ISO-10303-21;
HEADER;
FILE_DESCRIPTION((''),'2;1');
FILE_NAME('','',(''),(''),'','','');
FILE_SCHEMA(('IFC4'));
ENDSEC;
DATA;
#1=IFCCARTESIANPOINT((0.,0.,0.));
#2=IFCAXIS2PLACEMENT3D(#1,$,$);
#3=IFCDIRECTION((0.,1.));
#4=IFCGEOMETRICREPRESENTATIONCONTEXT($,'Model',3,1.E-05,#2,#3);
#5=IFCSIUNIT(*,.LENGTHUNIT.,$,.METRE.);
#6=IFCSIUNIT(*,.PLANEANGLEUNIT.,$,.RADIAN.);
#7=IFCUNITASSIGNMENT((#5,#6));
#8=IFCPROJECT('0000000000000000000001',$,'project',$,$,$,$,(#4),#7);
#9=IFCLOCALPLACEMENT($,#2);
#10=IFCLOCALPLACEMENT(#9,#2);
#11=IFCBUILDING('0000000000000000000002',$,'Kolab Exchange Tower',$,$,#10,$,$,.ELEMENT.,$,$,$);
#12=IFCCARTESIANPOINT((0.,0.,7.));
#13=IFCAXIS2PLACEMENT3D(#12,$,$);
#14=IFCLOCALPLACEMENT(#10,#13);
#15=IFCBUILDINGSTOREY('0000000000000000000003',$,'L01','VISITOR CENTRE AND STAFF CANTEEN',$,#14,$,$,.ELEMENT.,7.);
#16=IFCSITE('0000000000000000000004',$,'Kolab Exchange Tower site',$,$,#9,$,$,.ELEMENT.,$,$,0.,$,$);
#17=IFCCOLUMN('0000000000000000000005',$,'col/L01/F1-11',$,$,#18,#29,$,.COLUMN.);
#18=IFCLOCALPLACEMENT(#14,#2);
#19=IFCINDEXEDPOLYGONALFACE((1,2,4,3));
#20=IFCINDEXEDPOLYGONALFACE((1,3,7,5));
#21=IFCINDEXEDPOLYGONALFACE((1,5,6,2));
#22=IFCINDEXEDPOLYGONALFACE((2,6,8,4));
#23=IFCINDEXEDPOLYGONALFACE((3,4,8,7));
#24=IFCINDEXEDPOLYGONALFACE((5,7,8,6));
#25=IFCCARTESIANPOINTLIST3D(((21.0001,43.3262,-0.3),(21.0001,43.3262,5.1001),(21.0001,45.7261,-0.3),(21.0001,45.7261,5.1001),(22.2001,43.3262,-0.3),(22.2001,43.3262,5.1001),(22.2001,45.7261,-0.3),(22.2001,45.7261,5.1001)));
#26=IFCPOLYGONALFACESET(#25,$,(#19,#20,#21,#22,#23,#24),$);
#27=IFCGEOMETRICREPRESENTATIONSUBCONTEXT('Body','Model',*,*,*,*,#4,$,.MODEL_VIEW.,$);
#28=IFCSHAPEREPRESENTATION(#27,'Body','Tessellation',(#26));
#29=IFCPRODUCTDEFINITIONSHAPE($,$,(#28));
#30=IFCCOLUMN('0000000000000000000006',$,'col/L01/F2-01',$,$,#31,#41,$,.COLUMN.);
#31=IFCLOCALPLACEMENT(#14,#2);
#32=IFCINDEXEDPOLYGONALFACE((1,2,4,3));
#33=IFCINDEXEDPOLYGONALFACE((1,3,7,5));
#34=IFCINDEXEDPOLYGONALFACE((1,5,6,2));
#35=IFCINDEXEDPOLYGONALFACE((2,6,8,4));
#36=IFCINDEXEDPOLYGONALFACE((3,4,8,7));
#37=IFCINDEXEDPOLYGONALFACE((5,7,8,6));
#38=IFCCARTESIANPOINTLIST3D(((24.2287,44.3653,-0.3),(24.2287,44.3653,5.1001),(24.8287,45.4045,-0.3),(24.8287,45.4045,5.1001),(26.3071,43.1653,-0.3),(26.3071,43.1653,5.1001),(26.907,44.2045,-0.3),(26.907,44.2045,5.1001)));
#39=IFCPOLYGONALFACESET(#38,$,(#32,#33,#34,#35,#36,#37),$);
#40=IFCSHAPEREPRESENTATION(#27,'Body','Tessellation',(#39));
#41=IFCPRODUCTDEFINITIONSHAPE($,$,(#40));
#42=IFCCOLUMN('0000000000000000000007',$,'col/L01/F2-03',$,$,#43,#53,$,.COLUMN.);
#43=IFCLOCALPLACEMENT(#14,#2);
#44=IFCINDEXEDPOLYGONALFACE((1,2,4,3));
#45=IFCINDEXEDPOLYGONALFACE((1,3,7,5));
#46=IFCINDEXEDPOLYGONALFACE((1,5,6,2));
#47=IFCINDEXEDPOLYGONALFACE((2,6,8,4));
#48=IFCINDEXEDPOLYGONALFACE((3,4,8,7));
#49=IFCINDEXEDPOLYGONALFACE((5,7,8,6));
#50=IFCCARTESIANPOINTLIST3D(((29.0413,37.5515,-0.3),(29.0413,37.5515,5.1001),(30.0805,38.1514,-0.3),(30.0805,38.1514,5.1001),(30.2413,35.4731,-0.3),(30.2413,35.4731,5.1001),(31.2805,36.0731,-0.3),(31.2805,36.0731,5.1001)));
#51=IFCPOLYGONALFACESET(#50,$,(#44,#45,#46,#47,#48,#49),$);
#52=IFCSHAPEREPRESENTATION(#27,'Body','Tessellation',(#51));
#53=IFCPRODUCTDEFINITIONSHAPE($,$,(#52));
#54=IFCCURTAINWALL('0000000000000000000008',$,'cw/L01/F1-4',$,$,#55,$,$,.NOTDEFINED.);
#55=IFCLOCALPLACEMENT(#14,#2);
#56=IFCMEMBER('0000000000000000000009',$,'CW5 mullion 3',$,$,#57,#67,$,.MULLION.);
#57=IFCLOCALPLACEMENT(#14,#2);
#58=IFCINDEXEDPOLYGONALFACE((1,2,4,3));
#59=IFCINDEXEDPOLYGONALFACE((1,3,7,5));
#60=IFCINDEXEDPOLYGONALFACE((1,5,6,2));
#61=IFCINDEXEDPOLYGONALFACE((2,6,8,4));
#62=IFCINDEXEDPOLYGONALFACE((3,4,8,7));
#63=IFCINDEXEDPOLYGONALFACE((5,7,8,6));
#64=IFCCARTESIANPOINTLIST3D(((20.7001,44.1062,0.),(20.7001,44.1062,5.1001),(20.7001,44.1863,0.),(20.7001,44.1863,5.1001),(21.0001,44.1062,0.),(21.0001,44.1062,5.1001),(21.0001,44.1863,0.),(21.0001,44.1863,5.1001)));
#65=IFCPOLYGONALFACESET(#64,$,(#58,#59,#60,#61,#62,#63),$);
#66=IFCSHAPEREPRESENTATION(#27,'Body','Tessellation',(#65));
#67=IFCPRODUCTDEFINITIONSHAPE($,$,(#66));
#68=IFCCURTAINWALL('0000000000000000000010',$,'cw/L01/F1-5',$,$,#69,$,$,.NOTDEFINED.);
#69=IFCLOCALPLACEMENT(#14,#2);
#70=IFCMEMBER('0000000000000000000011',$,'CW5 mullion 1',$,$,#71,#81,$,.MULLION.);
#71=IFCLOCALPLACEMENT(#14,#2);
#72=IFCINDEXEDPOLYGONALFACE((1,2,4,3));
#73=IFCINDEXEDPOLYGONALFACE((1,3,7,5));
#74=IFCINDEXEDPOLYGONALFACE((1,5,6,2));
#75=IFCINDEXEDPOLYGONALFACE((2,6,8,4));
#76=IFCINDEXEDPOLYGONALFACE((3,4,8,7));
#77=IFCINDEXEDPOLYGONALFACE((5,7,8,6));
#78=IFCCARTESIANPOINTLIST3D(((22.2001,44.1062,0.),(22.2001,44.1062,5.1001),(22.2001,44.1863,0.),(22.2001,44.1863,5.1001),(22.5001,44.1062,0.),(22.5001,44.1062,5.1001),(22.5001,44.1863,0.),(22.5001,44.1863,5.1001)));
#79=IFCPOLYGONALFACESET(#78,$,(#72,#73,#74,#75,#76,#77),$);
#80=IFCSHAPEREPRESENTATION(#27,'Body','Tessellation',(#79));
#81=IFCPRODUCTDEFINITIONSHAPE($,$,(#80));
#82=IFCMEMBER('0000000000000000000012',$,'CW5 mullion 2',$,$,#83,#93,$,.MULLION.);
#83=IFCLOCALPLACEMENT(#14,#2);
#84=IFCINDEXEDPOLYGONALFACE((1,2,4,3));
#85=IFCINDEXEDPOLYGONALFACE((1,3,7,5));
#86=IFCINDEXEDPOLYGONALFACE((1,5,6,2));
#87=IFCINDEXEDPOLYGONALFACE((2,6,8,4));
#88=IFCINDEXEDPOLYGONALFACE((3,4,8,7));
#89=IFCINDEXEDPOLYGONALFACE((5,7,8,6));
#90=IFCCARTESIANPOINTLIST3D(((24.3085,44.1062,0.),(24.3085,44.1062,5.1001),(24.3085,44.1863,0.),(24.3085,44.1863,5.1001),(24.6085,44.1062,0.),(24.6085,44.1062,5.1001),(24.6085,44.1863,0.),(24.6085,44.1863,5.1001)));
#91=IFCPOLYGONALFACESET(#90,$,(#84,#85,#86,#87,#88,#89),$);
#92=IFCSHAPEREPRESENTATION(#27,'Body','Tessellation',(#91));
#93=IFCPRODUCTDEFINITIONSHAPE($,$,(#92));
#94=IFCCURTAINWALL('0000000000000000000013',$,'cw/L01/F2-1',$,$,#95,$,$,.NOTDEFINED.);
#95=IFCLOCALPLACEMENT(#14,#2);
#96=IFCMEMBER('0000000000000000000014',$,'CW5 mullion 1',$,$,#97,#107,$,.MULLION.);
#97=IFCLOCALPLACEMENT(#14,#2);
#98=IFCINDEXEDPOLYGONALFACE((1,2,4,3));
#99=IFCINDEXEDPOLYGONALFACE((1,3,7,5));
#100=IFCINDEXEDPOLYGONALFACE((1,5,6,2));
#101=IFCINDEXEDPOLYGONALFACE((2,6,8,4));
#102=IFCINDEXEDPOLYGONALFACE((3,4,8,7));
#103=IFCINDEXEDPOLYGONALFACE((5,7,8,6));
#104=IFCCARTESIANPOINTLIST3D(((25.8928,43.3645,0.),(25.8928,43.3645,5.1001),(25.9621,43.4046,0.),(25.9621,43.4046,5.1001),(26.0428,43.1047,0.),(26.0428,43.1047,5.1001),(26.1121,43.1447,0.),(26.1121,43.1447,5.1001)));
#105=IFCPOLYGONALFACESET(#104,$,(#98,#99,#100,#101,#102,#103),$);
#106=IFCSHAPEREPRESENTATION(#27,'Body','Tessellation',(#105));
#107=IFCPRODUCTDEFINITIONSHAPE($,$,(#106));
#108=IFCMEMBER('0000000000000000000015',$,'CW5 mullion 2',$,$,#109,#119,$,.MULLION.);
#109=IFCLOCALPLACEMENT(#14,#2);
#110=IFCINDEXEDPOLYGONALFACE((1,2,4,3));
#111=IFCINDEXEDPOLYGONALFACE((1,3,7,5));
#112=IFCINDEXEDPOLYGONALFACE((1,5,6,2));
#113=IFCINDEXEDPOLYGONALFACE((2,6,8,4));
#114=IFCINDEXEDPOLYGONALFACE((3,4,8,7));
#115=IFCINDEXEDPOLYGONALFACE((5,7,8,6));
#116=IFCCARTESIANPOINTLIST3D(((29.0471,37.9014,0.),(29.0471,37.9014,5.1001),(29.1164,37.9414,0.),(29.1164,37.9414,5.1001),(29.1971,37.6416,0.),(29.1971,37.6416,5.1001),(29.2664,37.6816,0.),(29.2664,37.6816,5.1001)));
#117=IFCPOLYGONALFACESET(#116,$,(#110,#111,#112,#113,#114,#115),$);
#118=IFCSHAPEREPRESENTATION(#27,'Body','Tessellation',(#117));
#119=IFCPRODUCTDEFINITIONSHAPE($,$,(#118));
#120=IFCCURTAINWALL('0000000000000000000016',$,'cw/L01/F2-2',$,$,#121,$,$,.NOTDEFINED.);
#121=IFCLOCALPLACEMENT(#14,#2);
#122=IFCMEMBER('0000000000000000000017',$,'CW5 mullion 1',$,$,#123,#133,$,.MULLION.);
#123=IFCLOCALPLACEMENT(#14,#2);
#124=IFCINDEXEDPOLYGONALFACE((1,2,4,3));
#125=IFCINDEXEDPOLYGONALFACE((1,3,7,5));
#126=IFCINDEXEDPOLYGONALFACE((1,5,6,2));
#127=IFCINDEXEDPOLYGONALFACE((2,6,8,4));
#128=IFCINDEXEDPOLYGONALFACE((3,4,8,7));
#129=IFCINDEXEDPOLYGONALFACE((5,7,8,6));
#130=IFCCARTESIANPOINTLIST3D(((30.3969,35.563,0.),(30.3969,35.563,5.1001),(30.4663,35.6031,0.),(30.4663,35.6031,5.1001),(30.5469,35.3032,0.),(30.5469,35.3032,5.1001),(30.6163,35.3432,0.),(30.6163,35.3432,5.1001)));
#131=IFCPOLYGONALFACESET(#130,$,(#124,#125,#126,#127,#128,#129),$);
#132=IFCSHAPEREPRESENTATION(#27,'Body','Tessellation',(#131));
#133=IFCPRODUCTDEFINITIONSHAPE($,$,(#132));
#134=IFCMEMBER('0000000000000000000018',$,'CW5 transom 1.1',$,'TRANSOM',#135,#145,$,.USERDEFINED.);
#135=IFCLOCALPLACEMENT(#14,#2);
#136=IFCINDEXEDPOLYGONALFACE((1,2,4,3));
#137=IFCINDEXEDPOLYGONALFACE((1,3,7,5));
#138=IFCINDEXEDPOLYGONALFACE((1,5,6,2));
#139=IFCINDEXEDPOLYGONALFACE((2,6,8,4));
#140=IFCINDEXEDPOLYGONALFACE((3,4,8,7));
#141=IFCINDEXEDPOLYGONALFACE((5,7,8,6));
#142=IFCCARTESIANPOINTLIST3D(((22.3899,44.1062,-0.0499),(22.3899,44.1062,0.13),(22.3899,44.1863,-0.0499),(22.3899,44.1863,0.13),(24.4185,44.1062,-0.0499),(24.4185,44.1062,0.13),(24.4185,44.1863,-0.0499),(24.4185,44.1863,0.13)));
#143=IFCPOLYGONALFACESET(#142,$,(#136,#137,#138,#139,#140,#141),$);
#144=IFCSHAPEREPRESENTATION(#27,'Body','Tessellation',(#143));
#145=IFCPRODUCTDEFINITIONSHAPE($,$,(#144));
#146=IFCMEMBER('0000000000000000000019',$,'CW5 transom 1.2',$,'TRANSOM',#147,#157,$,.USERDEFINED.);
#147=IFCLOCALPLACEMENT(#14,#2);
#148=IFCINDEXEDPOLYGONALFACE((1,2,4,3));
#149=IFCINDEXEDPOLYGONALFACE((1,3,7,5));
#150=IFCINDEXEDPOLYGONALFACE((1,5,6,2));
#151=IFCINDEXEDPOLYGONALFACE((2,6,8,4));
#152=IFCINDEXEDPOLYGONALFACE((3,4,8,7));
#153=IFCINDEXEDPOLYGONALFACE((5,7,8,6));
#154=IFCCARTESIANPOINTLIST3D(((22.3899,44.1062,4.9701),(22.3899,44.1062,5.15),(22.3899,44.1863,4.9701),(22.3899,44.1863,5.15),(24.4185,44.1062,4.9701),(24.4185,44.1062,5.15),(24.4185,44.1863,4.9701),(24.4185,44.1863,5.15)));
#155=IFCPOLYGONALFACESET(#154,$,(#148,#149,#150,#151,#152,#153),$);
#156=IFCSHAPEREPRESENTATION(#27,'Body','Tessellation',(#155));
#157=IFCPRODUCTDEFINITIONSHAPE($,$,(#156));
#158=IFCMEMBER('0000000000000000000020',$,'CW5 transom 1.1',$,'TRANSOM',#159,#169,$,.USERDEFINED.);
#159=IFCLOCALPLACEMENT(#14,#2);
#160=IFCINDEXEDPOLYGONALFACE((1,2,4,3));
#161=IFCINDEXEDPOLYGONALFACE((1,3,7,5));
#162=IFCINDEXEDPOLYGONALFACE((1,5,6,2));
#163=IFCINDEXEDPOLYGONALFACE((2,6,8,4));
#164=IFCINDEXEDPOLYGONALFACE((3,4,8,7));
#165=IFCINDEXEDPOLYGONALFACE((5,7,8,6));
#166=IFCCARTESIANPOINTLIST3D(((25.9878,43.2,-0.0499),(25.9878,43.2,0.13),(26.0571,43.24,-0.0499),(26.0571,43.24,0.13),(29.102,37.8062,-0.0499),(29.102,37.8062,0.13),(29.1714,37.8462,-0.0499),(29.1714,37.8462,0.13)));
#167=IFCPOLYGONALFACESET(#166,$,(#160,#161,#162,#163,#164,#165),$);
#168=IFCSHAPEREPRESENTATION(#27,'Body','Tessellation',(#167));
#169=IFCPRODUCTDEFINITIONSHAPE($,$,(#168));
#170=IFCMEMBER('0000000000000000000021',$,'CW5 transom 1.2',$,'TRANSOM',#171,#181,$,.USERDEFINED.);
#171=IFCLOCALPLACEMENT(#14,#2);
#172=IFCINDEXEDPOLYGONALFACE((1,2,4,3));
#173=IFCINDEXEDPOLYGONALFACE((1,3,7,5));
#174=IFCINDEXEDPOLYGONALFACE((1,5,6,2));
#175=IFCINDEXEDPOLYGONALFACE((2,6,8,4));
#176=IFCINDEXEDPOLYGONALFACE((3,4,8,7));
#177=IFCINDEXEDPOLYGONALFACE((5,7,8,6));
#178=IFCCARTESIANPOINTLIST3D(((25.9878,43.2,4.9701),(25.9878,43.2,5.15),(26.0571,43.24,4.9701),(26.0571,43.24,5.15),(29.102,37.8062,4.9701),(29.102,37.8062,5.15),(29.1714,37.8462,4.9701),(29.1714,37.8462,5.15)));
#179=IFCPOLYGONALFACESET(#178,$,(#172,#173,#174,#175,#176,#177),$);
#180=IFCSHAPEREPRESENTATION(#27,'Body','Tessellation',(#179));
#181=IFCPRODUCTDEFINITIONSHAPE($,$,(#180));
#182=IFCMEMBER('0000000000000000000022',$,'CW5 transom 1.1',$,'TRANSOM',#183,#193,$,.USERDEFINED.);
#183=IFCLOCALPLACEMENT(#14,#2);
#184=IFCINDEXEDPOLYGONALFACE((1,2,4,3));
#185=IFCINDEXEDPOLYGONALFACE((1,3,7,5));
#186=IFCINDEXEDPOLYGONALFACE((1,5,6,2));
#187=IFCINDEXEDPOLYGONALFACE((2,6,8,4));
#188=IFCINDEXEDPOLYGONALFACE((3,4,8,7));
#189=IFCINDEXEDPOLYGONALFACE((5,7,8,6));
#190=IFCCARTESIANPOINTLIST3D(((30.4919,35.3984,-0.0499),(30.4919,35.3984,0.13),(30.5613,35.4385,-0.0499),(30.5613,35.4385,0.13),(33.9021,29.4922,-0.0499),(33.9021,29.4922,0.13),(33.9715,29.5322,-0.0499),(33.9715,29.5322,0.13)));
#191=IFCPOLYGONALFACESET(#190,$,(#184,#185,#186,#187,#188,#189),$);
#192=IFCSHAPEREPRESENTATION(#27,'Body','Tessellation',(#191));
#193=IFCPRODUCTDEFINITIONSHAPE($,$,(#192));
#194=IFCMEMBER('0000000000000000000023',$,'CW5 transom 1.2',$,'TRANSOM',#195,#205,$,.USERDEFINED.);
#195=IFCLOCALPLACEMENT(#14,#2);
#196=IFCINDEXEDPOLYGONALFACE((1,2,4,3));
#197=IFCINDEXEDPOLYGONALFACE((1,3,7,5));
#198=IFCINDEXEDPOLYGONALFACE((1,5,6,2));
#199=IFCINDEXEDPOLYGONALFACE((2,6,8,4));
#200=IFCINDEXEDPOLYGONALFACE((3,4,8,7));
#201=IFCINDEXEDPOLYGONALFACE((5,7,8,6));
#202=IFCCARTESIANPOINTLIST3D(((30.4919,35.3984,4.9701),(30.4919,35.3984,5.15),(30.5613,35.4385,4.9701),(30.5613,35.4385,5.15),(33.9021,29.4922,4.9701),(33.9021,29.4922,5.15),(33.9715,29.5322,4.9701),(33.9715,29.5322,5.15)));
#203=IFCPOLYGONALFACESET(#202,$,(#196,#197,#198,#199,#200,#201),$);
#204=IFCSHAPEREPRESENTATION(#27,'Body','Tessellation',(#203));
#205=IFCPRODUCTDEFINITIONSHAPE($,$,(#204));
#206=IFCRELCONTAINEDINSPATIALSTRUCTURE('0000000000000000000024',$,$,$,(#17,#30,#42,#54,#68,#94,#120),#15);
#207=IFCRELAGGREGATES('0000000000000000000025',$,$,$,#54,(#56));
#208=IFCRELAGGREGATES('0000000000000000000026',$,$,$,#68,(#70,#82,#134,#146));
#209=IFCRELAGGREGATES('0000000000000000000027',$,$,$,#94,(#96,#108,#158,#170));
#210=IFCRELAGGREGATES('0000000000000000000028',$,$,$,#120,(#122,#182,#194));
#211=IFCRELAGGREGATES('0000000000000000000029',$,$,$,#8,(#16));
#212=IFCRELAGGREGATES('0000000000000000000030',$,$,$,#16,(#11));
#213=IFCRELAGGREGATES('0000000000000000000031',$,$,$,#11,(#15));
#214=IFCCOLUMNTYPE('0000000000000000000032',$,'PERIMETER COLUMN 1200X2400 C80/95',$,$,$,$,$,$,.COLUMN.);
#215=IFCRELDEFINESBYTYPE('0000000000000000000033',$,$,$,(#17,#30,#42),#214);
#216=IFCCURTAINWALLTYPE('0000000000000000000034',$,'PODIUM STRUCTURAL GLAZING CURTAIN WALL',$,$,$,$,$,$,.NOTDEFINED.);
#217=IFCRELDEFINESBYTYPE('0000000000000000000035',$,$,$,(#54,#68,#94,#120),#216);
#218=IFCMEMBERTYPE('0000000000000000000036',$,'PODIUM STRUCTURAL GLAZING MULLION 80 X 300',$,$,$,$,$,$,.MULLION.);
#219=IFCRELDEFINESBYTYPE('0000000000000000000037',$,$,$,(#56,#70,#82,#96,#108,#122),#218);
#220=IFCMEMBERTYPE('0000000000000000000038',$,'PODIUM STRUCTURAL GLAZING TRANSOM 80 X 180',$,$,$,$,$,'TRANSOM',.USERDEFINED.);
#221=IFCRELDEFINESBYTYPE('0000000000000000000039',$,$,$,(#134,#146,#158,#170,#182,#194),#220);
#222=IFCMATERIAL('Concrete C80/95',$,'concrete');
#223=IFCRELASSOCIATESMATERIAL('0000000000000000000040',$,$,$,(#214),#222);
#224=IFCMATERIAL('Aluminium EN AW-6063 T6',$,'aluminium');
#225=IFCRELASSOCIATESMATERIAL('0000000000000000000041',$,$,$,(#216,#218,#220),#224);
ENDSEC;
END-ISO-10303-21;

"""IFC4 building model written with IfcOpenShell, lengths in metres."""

from ifc_helpers import new_model, si_unit, direction, frame, origin, origin_2d, place, context, subcontext, project, spatial, rectangle, extrude, material, material_profile, profile_set, type_object, element, aggregate, save


model = new_model("IFC4")

# Units and contexts
model_context = context("Model", 3, precision=1e-05, world=origin(), true_north=direction((0.0, 1.0)))
body_context = subcontext(model_context, "Body", "Model", "MODEL_VIEW")
ifc_project = project(units=[si_unit("LENGTHUNIT", "METRE"), si_unit("PLANEANGLEUNIT", "RADIAN")], contexts=[model_context])

# Site, building, storey
site_placement = place(None, origin())
site = spatial("IfcSite", under=ifc_project, at=site_placement, Name="Kolab Exchange Tower site", CompositionType="ELEMENT", RefElevation=0.0)
building_placement = place(site_placement, origin())
building = spatial("IfcBuilding", under=site, at=building_placement, Name="Kolab Exchange Tower", CompositionType="ELEMENT")
storey_placement = place(building_placement, frame((0.0, 0.0, 7.0)))
storey = spatial("IfcBuildingStorey", under=building, at=storey_placement, Name="L01", Description="VISITOR CENTRE AND STAFF CANTEEN", CompositionType="ELEMENT", Elevation=7.0)

# Columns
ifc_material_1 = material(Name="Concrete C80/95", Category="concrete")
ifc_material_profile_1 = material_profile(ifc_material_1, rectangle(XDim=1.2, YDim=2.3999, at=origin_2d()), Name="RC1200X2400")
ifc_profile_set_1 = profile_set([ifc_material_profile_1], Name="Concrete C80/95")
column_type = type_object("IfcColumnType", Name="PERIMETER COLUMN 1200X2400 C80/95", PredefinedType="COLUMN", material=ifc_profile_set_1)
for number, where, z_axis, x_axis, name in (
    (1, (21.6001, 44.5261, -0.3), (0.0, 0.0, 1.0), (1.0, 0.0, 0.0), "col/L01/F1-11"),
    (2, (25.5679, 44.2849, -0.3), (0.0, 0.0, 1.0), (0.5, 0.866025, 0.0), "col/L01/F2-01"),
    (3, (30.1609, 36.8123, -0.3), (0.0, 0.0, 1.0), (0.866025, 0.5, 0.0), "col/L01/F2-03"),
):
    element("IfcColumn", number, at=place(storey_placement, frame(where, z_axis=z_axis, x_axis=x_axis)), inside=storey, type_object=column_type, Name=name, PredefinedType="COLUMN", context=body_context, shape_type="SweptSolid", body=[
        extrude(rectangle(XDim=1.2, YDim=2.3999, at=origin_2d()), origin(), (0.0, 0.0, 1.0), 5.4001),
    ])

# Curtain wall, member
ifc_material_2 = material(Name="Aluminium EN AW-6063 T6", Category="aluminium")
curtain_wall_type = type_object("IfcCurtainWallType", Name="PODIUM STRUCTURAL GLAZING CURTAIN WALL", PredefinedType="NOTDEFINED", material=ifc_material_2)
curtain_wall_1_placement = place(storey_placement, origin())
curtain_wall_1 = element("IfcCurtainWall", 4, at=curtain_wall_1_placement, inside=storey, type_object=curtain_wall_type, Name="cw/L01/F1-4", PredefinedType="NOTDEFINED")
ifc_material_profile_2 = material_profile(ifc_material_2, rectangle(XDim=0.0801, YDim=0.3, at=origin_2d()), Name="RECT 80X300")
ifc_profile_set_2 = profile_set([ifc_material_profile_2], Name="Aluminium EN AW-6063 T6")
member_type_1 = type_object("IfcMemberType", Name="PODIUM STRUCTURAL GLAZING MULLION 80 X 300", PredefinedType="MULLION", material=ifc_profile_set_2)
member_1_placement = place(storey_placement, frame((20.8501, 44.1462, 0.0), z_axis=(0.0, 0.0, 1.0), x_axis=(0.0, 1.0, 0.0)))
member_1 = element("IfcMember", 5, at=member_1_placement, type_object=member_type_1, Name="CW5 mullion 3", PredefinedType="MULLION", context=body_context, shape_type="SweptSolid", body=[
    extrude(rectangle(XDim=0.0801, YDim=0.3, at=origin_2d()), origin(), (0.0, 0.0, 1.0), 5.1001),
])

# Curtain walls, members
curtain_wall_2_placement = place(storey_placement, origin())
curtain_wall_2 = element("IfcCurtainWall", 6, at=curtain_wall_2_placement, inside=storey, type_object=curtain_wall_type, Name="cw/L01/F1-5", PredefinedType="NOTDEFINED")
member_2_placement = place(storey_placement, frame((22.3501, 44.1462, 0.0), z_axis=(0.0, 0.0, 1.0), x_axis=(0.0, 1.0, 0.0)))
member_2 = element("IfcMember", 7, at=member_2_placement, type_object=member_type_1, Name="CW5 mullion 1", PredefinedType="MULLION", context=body_context, shape_type="SweptSolid", body=[
    extrude(rectangle(XDim=0.0801, YDim=0.3, at=origin_2d()), origin(), (0.0, 0.0, 1.0), 5.1001),
])
member_3_placement = place(storey_placement, frame((24.4585, 44.1462, 0.0), z_axis=(0.0, 0.0, 1.0), x_axis=(0.0, 1.0, 0.0)))
member_3 = element("IfcMember", 8, at=member_3_placement, type_object=member_type_1, Name="CW5 mullion 2", PredefinedType="MULLION", context=body_context, shape_type="SweptSolid", body=[
    extrude(rectangle(XDim=0.0801, YDim=0.3, at=origin_2d()), origin(), (0.0, 0.0, 1.0), 5.1001),
])
curtain_wall_3_placement = place(storey_placement, origin())
curtain_wall_3 = element("IfcCurtainWall", 9, at=curtain_wall_3_placement, inside=storey, type_object=curtain_wall_type, Name="cw/L01/F2-1", PredefinedType="NOTDEFINED")
member_4_placement = place(storey_placement, frame((26.0024, 43.2546, 0.0), z_axis=(0.0, 0.0, 1.0), x_axis=(0.866025, 0.5, 0.0)))
member_4 = element("IfcMember", 10, at=member_4_placement, type_object=member_type_1, Name="CW5 mullion 1", PredefinedType="MULLION", context=body_context, shape_type="SweptSolid", body=[
    extrude(rectangle(XDim=0.0801, YDim=0.3, at=origin_2d()), origin(), (0.0, 0.0, 1.0), 5.1001),
])
member_5_placement = place(storey_placement, frame((29.1567, 37.7915, 0.0), z_axis=(0.0, 0.0, 1.0), x_axis=(0.866025, 0.5, 0.0)))
member_5 = element("IfcMember", 11, at=member_5_placement, type_object=member_type_1, Name="CW5 mullion 2", PredefinedType="MULLION", context=body_context, shape_type="SweptSolid", body=[
    extrude(rectangle(XDim=0.0801, YDim=0.3, at=origin_2d()), origin(), (0.0, 0.0, 1.0), 5.1001),
])

# Curtain wall, member
curtain_wall_4_placement = place(storey_placement, origin())
curtain_wall_4 = element("IfcCurtainWall", 12, at=curtain_wall_4_placement, inside=storey, type_object=curtain_wall_type, Name="cw/L01/F2-2", PredefinedType="NOTDEFINED")
member_6_placement = place(storey_placement, frame((30.5066, 35.4531, 0.0), z_axis=(0.0, 0.0, 1.0), x_axis=(0.866025, 0.5, 0.0)))
member_6 = element("IfcMember", 13, at=member_6_placement, type_object=member_type_1, Name="CW5 mullion 1", PredefinedType="MULLION", context=body_context, shape_type="SweptSolid", body=[
    extrude(rectangle(XDim=0.0801, YDim=0.3, at=origin_2d()), origin(), (0.0, 0.0, 1.0), 5.1001),
])

# Members
ifc_material_profile_3 = material_profile(ifc_material_2, rectangle(XDim=0.0801, YDim=0.1799, at=origin_2d()), Name="RECT 80X180")
ifc_profile_set_3 = profile_set([ifc_material_profile_3], Name="Aluminium EN AW-6063 T6")
member_type_2 = type_object("IfcMemberType", Name="PODIUM STRUCTURAL GLAZING TRANSOM 80 X 180", ElementType="TRANSOM", PredefinedType="USERDEFINED", material=ifc_profile_set_3)
member_7_placement = place(storey_placement, frame((22.3899, 44.1462, 0.04), z_axis=(1.0, 0.0, 0.0), x_axis=(0.0, 1.0, 0.0)))
member_7 = element("IfcMember", 14, at=member_7_placement, type_object=member_type_2, Name="CW5 transom 1.1", ObjectType="TRANSOM", PredefinedType="USERDEFINED", context=body_context, shape_type="SweptSolid", body=[
    extrude(rectangle(XDim=0.0801, YDim=0.1799, at=origin_2d()), origin(), (0.0, 0.0, 1.0), 2.0286),
])
member_8_placement = place(storey_placement, frame((22.3899, 44.1462, 5.0601), z_axis=(1.0, 0.0, 0.0), x_axis=(0.0, 1.0, 0.0)))
member_8 = element("IfcMember", 15, at=member_8_placement, type_object=member_type_2, Name="CW5 transom 1.2", ObjectType="TRANSOM", PredefinedType="USERDEFINED", context=body_context, shape_type="SweptSolid", body=[
    extrude(rectangle(XDim=0.0801, YDim=0.1799, at=origin_2d()), origin(), (0.0, 0.0, 1.0), 2.0286),
])
member_9_placement = place(storey_placement, frame((26.0225, 43.22, 0.04), z_axis=(0.500018, -0.866015, 0.0), x_axis=(0.866015, 0.500018, 0.0)))
member_9 = element("IfcMember", 16, at=member_9_placement, type_object=member_type_2, Name="CW5 transom 1.1", ObjectType="TRANSOM", PredefinedType="USERDEFINED", context=body_context, shape_type="SweptSolid", body=[
    extrude(rectangle(XDim=0.0801, YDim=0.1799, at=origin_2d()), origin(), (0.0, 0.0, 1.0), 6.2283),
])
member_10_placement = place(storey_placement, frame((26.0225, 43.22, 5.0601), z_axis=(0.500018, -0.866015, 0.0), x_axis=(0.866015, 0.500018, 0.0)))
member_10 = element("IfcMember", 17, at=member_10_placement, type_object=member_type_2, Name="CW5 transom 1.2", ObjectType="TRANSOM", PredefinedType="USERDEFINED", context=body_context, shape_type="SweptSolid", body=[
    extrude(rectangle(XDim=0.0801, YDim=0.1799, at=origin_2d()), origin(), (0.0, 0.0, 1.0), 6.2283),
])
member_11_placement = place(storey_placement, frame((30.5266, 35.4185, 0.04), z_axis=(0.50002, -0.866014, 0.0), x_axis=(0.866014, 0.50002, 0.0)))
member_11 = element("IfcMember", 18, at=member_11_placement, type_object=member_type_2, Name="CW5 transom 1.1", ObjectType="TRANSOM", PredefinedType="USERDEFINED", context=body_context, shape_type="SweptSolid", body=[
    extrude(rectangle(XDim=0.0801, YDim=0.1799, at=origin_2d()), origin(), (0.0, 0.0, 1.0), 6.8201),
])
member_12_placement = place(storey_placement, frame((30.5266, 35.4185, 5.0601), z_axis=(0.50002, -0.866014, 0.0), x_axis=(0.866014, 0.50002, 0.0)))
member_12 = element("IfcMember", 19, at=member_12_placement, type_object=member_type_2, Name="CW5 transom 1.2", ObjectType="TRANSOM", PredefinedType="USERDEFINED", context=body_context, shape_type="SweptSolid", body=[
    extrude(rectangle(XDim=0.0801, YDim=0.1799, at=origin_2d()), origin(), (0.0, 0.0, 1.0), 6.8201),
])

aggregate(curtain_wall_1, [member_1])
aggregate(curtain_wall_2, [member_2, member_3, member_7, member_8])
aggregate(curtain_wall_3, [member_4, member_5, member_9, member_10])
aggregate(curtain_wall_4, [member_6, member_11, member_12])

save(model, "model.ifc")
